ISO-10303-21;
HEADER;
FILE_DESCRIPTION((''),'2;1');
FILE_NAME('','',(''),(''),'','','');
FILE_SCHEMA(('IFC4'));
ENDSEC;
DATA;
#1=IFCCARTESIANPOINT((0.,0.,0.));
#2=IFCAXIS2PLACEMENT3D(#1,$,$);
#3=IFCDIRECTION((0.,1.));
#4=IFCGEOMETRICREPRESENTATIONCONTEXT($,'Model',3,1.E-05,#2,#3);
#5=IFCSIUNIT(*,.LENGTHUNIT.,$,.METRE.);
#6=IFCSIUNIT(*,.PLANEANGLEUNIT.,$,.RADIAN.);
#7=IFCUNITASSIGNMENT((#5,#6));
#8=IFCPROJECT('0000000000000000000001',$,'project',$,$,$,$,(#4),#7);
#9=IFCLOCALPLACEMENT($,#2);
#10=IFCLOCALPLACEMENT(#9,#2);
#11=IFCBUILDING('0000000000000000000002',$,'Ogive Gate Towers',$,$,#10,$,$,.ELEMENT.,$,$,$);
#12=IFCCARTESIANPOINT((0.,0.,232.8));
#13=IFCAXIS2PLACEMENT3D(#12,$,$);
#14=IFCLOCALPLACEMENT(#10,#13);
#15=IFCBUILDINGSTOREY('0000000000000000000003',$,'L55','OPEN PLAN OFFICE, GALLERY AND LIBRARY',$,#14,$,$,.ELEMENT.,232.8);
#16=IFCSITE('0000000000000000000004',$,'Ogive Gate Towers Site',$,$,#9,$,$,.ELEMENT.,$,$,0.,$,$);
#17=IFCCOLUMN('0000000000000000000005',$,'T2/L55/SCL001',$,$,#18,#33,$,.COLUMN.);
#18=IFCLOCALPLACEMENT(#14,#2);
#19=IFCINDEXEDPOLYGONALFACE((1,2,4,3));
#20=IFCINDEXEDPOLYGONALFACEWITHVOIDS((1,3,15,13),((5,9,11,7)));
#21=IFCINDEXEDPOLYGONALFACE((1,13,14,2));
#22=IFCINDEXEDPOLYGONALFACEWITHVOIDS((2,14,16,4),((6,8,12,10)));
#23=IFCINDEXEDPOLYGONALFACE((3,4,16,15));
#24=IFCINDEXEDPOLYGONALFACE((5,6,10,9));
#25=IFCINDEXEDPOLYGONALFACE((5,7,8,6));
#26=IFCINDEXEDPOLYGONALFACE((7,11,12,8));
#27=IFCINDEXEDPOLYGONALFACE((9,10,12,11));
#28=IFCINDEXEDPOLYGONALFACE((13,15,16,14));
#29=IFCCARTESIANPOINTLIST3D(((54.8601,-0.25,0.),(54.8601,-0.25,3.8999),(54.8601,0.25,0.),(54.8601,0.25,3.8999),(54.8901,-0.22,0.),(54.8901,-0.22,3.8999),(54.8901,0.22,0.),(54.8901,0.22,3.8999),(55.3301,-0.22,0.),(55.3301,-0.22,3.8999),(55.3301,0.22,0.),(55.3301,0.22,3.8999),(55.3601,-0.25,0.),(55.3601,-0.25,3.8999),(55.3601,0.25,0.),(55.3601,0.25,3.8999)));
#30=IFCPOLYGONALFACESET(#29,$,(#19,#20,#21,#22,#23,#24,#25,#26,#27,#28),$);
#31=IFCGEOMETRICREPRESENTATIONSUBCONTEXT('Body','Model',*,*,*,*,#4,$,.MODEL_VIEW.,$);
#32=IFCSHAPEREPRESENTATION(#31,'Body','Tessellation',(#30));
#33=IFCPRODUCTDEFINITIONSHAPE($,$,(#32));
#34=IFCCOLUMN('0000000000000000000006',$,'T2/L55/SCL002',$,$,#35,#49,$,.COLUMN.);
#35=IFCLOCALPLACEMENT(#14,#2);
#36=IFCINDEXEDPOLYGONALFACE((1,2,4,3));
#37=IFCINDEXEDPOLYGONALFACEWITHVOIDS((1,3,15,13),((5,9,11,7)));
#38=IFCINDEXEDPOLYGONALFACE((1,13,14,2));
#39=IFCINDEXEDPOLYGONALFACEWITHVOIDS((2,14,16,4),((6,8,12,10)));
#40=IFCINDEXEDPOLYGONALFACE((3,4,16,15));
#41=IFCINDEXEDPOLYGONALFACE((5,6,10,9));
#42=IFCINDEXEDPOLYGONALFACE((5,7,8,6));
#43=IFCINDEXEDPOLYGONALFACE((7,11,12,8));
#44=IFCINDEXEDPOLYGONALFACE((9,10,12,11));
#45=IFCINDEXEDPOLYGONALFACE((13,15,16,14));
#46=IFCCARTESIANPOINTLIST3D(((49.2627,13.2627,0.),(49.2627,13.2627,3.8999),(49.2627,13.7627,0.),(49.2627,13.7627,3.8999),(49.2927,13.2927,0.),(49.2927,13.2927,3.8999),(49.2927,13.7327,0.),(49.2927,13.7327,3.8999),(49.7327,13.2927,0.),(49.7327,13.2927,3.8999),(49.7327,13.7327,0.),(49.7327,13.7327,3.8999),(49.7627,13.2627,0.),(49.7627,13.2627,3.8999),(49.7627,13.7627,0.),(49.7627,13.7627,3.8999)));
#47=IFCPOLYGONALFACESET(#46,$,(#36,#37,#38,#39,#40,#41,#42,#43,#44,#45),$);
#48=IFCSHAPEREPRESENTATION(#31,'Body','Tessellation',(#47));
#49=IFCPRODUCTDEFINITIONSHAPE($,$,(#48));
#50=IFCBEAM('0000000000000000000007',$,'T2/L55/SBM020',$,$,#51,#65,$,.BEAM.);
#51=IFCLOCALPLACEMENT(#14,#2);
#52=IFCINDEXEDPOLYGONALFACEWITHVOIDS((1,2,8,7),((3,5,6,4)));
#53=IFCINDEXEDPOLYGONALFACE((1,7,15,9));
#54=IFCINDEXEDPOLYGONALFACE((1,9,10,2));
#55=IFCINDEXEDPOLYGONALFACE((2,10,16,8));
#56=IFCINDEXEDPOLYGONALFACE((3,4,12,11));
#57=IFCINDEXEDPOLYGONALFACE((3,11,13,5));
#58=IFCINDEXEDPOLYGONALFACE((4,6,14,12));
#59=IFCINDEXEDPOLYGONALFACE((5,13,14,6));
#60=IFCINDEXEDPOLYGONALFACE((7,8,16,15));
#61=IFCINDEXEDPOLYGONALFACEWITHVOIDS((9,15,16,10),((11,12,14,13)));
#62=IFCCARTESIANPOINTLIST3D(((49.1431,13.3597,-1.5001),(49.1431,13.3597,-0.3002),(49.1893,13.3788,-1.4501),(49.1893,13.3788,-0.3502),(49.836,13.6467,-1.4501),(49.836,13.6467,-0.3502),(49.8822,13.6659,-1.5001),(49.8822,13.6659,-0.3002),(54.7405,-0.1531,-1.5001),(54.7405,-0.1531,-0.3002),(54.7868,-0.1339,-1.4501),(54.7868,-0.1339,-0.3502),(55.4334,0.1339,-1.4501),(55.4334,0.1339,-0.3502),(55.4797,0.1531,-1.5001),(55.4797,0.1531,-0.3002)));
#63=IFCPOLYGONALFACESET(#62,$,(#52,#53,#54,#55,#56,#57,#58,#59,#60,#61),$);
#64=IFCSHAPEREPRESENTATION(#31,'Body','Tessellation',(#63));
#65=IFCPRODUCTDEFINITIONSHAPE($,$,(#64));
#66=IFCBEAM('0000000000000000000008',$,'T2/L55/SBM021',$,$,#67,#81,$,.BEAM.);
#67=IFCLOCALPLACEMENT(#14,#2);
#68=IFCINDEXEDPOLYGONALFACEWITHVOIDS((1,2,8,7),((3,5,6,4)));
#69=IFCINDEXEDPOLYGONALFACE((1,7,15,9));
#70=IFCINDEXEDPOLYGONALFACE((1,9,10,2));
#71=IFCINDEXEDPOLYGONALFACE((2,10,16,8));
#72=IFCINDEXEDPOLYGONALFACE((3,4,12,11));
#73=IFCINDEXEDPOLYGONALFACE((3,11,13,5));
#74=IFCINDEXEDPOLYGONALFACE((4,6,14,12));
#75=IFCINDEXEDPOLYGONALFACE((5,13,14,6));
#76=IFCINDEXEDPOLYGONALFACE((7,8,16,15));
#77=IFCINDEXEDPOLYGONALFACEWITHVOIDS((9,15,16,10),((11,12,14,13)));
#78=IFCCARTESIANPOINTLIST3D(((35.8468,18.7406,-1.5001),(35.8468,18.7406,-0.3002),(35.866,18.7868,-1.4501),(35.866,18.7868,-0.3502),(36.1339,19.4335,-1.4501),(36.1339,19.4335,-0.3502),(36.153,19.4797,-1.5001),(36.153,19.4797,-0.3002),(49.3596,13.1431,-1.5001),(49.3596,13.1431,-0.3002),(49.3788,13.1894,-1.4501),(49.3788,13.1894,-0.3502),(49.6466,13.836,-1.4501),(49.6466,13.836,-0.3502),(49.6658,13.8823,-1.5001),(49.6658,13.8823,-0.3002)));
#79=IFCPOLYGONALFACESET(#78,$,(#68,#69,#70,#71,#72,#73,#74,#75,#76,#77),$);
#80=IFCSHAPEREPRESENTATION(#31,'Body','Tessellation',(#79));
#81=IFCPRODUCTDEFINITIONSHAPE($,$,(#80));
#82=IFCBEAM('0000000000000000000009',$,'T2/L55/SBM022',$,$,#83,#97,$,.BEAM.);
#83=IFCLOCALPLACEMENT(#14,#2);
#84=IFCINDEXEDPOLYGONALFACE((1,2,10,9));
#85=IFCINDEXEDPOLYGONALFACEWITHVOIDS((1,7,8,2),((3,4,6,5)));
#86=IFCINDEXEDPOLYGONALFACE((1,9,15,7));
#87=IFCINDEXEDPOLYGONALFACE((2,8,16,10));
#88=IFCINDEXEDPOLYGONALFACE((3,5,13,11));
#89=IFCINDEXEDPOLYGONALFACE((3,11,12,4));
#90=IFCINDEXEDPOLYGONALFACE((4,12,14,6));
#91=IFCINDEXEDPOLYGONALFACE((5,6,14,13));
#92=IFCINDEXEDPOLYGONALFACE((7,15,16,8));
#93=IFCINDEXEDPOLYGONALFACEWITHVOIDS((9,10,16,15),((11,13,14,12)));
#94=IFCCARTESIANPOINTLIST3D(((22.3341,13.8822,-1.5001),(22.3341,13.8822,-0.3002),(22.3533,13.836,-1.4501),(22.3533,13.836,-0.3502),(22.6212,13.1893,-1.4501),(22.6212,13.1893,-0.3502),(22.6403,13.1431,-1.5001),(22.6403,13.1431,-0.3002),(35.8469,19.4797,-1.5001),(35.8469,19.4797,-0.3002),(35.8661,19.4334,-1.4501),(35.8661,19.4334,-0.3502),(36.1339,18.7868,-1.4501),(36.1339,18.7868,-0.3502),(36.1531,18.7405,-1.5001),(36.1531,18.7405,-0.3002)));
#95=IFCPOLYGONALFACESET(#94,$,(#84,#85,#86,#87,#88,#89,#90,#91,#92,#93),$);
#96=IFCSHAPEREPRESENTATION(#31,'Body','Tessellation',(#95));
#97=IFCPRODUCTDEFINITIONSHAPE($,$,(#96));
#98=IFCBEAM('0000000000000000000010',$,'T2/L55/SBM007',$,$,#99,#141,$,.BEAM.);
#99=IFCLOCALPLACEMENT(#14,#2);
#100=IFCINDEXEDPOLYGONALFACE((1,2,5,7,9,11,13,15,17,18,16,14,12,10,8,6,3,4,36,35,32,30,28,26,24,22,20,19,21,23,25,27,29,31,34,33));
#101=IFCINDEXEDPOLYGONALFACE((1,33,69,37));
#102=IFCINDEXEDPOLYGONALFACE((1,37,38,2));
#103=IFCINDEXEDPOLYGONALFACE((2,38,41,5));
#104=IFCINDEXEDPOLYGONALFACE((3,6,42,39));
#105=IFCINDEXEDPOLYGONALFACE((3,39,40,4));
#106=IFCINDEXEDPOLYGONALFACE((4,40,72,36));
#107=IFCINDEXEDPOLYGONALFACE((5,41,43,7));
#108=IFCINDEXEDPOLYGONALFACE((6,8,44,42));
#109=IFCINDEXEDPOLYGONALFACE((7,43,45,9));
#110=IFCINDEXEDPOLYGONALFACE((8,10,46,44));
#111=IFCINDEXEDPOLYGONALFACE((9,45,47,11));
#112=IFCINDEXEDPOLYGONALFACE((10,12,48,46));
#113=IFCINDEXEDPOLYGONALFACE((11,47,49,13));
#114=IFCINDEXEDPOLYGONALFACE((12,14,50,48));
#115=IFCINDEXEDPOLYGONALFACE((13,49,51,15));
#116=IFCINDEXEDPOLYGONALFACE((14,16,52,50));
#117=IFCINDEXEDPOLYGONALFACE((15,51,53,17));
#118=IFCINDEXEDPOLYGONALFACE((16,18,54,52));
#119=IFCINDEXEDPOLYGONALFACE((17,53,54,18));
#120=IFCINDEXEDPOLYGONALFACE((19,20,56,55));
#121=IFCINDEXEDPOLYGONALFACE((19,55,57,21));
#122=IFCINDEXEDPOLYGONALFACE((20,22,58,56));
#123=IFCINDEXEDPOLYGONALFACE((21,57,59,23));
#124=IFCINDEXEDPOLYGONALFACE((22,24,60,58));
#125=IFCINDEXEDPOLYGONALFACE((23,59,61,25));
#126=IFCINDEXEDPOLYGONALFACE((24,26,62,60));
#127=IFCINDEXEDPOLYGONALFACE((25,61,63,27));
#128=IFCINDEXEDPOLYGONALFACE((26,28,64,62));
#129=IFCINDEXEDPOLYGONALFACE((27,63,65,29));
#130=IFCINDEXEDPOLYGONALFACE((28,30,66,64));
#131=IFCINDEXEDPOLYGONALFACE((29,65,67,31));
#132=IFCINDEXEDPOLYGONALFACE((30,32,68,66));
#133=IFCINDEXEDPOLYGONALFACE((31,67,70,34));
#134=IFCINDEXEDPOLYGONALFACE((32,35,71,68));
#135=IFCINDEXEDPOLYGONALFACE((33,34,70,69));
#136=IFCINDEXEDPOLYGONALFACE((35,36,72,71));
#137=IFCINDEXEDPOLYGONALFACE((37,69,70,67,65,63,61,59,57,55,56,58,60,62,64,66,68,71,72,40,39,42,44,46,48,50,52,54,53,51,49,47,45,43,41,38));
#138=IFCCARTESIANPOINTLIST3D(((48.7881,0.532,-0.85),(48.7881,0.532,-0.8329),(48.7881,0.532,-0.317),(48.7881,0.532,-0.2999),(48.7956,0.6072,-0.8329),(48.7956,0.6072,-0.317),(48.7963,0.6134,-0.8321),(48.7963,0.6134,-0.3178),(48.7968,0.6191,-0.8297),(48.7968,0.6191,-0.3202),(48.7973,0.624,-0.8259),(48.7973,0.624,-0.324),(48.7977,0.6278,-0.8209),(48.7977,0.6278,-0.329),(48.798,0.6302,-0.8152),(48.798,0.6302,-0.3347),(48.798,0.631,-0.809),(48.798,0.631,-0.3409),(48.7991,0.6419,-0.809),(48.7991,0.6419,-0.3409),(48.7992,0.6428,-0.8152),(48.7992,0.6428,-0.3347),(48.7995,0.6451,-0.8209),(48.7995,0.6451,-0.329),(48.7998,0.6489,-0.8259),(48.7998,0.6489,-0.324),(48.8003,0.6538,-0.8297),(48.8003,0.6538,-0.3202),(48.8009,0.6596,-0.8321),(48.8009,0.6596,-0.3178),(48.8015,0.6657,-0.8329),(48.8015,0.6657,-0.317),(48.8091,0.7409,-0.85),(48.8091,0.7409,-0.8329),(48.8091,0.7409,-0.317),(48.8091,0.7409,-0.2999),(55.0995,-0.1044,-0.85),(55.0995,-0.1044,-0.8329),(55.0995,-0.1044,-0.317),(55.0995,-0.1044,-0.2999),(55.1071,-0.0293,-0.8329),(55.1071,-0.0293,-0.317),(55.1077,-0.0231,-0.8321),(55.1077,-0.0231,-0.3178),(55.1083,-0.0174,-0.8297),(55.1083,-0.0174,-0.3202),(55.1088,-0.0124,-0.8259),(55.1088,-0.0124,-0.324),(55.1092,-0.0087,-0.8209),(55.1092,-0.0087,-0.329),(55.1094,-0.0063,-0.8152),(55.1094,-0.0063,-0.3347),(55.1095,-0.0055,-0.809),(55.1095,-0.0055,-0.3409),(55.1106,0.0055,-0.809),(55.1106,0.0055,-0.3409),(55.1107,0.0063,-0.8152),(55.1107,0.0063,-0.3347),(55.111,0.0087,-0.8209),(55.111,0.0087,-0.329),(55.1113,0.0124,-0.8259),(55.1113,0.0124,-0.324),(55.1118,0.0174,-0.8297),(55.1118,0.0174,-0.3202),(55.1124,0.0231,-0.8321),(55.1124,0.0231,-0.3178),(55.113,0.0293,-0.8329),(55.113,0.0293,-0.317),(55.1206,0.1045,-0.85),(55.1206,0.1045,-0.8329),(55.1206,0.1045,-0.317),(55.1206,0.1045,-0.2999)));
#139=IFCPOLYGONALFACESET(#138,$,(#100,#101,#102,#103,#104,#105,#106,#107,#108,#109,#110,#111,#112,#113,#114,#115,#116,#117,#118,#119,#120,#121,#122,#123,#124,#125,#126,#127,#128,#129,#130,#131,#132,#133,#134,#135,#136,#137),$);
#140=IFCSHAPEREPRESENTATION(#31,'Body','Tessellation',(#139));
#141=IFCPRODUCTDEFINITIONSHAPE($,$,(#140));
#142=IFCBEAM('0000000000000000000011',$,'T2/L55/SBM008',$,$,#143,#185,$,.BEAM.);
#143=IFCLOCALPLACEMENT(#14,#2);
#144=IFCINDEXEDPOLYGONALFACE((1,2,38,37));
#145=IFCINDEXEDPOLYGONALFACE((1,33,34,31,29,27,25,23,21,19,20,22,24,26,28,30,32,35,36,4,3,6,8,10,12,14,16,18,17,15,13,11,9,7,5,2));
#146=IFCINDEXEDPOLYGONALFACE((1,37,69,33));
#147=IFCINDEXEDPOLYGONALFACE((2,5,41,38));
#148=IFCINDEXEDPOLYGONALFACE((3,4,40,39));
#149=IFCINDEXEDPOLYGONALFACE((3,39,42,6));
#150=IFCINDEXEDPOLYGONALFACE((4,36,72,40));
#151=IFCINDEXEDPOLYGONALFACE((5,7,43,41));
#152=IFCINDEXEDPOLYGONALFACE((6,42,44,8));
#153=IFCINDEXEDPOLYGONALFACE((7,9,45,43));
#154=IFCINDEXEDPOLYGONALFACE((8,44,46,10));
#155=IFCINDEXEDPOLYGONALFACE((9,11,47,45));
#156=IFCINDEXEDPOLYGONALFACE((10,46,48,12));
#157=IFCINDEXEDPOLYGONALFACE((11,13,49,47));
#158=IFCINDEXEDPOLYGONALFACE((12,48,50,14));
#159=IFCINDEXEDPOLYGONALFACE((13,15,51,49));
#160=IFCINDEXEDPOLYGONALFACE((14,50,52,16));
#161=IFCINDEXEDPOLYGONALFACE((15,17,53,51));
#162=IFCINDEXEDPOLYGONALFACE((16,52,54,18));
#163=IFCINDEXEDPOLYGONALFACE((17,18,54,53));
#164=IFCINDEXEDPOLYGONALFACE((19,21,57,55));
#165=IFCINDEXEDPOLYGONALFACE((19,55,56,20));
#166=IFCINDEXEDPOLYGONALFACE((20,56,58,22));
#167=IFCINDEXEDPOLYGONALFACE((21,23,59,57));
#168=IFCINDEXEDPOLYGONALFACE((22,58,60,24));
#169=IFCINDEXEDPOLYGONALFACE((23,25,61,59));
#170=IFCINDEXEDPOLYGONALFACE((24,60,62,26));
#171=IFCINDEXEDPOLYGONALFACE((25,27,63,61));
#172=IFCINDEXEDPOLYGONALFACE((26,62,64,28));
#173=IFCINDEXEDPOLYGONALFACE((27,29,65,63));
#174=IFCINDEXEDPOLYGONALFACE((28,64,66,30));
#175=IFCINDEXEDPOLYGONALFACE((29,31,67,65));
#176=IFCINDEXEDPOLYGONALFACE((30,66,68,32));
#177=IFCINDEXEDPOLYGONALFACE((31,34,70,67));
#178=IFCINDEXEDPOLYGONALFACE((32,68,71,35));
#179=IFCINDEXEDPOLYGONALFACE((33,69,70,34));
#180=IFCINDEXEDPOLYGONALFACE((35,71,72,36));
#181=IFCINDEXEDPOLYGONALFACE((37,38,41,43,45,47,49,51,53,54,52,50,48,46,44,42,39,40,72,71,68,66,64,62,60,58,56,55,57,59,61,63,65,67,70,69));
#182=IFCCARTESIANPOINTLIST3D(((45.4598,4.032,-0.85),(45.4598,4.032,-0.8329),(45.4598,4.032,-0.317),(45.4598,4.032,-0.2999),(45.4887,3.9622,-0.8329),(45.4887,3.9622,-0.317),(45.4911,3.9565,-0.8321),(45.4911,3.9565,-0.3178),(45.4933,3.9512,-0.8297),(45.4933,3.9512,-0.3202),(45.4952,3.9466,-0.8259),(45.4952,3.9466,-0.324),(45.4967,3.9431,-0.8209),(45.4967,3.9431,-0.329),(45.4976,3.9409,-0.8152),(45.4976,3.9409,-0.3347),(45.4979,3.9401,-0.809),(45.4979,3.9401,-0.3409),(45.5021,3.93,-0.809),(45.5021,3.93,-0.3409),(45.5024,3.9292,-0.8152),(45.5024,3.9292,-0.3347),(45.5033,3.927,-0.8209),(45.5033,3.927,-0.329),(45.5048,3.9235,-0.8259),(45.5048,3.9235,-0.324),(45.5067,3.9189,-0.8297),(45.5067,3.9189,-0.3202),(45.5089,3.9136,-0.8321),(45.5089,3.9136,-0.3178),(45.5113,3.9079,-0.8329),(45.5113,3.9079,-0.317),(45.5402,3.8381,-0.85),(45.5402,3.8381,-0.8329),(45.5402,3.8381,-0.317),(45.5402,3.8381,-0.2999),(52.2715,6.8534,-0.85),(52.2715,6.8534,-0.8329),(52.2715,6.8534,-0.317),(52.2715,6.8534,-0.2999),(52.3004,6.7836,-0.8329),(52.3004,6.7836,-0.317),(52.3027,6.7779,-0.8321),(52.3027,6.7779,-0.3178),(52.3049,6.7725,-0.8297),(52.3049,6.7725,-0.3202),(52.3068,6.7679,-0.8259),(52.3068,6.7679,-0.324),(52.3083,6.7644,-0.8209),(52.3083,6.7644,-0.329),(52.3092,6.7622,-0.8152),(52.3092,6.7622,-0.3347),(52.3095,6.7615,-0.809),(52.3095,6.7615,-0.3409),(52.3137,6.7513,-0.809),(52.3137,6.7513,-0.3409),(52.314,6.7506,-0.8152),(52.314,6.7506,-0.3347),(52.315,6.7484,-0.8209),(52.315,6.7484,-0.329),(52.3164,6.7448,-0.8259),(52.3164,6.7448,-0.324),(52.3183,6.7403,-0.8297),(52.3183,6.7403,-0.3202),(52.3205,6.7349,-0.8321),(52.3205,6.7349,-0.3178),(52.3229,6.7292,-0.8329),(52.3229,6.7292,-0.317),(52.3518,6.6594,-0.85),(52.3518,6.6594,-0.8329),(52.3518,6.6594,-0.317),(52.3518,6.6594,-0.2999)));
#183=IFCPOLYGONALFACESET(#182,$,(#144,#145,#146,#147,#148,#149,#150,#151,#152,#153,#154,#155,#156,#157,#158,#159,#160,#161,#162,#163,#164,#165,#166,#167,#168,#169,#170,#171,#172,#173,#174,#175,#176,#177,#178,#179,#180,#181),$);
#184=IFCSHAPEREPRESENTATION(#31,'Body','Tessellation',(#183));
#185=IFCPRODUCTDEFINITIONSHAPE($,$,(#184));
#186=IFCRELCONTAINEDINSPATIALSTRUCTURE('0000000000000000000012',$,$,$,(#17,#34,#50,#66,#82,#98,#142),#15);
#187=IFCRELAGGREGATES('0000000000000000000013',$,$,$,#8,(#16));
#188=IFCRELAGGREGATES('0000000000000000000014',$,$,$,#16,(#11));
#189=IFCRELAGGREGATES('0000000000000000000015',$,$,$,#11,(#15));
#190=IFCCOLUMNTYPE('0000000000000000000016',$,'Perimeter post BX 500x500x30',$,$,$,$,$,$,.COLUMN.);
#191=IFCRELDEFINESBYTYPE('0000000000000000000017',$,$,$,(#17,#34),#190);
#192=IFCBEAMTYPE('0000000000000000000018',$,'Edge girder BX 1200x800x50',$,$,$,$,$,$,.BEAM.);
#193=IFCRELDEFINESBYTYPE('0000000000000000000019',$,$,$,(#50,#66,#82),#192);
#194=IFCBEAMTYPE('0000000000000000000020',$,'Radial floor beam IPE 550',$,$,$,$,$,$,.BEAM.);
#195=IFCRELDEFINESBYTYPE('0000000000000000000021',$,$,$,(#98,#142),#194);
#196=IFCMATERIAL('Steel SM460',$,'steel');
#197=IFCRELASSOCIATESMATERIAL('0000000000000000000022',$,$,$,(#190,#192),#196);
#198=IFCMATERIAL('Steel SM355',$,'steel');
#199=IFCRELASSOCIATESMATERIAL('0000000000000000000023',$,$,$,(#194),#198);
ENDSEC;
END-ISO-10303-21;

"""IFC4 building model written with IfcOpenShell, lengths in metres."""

from ifc_helpers import new_model, si_unit, direction, frame, origin, origin_2d, place, context, subcontext, project, spatial, hollow_rectangle, i_section, extrude, material, material_profile, profile_set, type_object, element, save


model = new_model("IFC4")

# Units and contexts
model_context = context("Model", 3, precision=1e-05, world=origin(), true_north=direction((0.0, 1.0)))
body_context = subcontext(model_context, "Body", "Model", "MODEL_VIEW")
ifc_project = project(units=[si_unit("LENGTHUNIT", "METRE"), si_unit("PLANEANGLEUNIT", "RADIAN")], contexts=[model_context])

# Site, building, storey
site_placement = place(None, origin())
site = spatial("IfcSite", under=ifc_project, at=site_placement, Name="Ogive Gate Towers Site", CompositionType="ELEMENT", RefElevation=0.0)
building_placement = place(site_placement, origin())
building = spatial("IfcBuilding", under=site, at=building_placement, Name="Ogive Gate Towers", CompositionType="ELEMENT")
storey_placement = place(building_placement, frame((0.0, 0.0, 232.8)))
storey = spatial("IfcBuildingStorey", under=building, at=storey_placement, Name="L55", Description="OPEN PLAN OFFICE, GALLERY AND LIBRARY", CompositionType="ELEMENT", Elevation=232.8)

# Columns
ifc_material_1 = material(Name="Steel SM460", Category="steel")
ifc_material_profile_1 = material_profile(ifc_material_1, hollow_rectangle(XDim=0.5, YDim=0.5, WallThickness=0.03, at=origin_2d()), Name="BX 500x500x30")
ifc_profile_set_1 = profile_set([ifc_material_profile_1], Name="Steel SM460")
column_type = type_object("IfcColumnType", Name="Perimeter post BX 500x500x30", PredefinedType="COLUMN", material=ifc_profile_set_1)
for number, where, z_axis, x_axis, name in (
    (1, (55.1101, 0.0, 0.0), (0.0, 0.0, 1.0), (1.0, 0.0, 0.0), "T2/L55/SCL001"),
    (2, (49.5127, 13.5127, 0.0), (0.0, 0.0, 1.0), (1.0, 0.0, 0.0), "T2/L55/SCL002"),
):
    element("IfcColumn", number, at=place(storey_placement, frame(where, z_axis=z_axis, x_axis=x_axis)), inside=storey, type_object=column_type, Name=name, PredefinedType="COLUMN", context=body_context, shape_type="SweptSolid", body=[
        extrude(hollow_rectangle(XDim=0.5, YDim=0.5, WallThickness=0.03, at=origin_2d()), origin(), (0.0, 0.0, 1.0), 3.8999),
    ])

# Beams
ifc_material_profile_2 = material_profile(ifc_material_1, hollow_rectangle(XDim=0.8, YDim=1.2, WallThickness=0.05, at=origin_2d()), Name="BX 1200x800x50")
ifc_profile_set_2 = profile_set([ifc_material_profile_2], Name="Steel SM460")
beam_type_1 = type_object("IfcBeamType", Name="Edge girder BX 1200x800x50", PredefinedType="BEAM", material=ifc_profile_set_2)
for number, where, z_axis, x_axis, name in (
    (3, (55.1101, 0.0, -0.9001), (-0.382699, 0.923873, 0.0), (-0.923873, -0.382699, 0.0), "T2/L55/SBM020"),
    (4, (49.5127, 13.5127, -0.9001), (-0.923873, 0.382699, 0.0), (-0.382699, -0.923873, 0.0), "T2/L55/SBM021"),
    (5, (36.0, 19.1101, -0.9001), (-0.923873, -0.382699, 0.0), (0.382699, -0.923873, 0.0), "T2/L55/SBM022"),
):
    element("IfcBeam", number, at=place(storey_placement, frame(where, z_axis=z_axis, x_axis=x_axis)), inside=storey, type_object=beam_type_1, Name=name, PredefinedType="BEAM", context=body_context, shape_type="SweptSolid", body=[
        extrude(hollow_rectangle(XDim=0.8, YDim=1.2, WallThickness=0.05, at=origin_2d()), origin(), (0.0, 0.0, 1.0), 14.6262),
    ])
ifc_material_2 = material(Name="Steel SM355", Category="steel")
ifc_material_profile_3 = material_profile(ifc_material_2, i_section(OverallWidth=0.21, OverallDepth=0.55, WebThickness=0.011, FlangeThickness=0.0171, FilletRadius=0.0239, at=origin_2d()), Name="IPE 550")
ifc_profile_set_3 = profile_set([ifc_material_profile_3], Name="Steel SM355")
beam_type_2 = type_object("IfcBeamType", Name="Radial floor beam IPE 550", PredefinedType="BEAM", material=ifc_profile_set_3)
beam_1_placement = place(storey_placement, frame((48.7986, 0.6365, -0.575), z_axis=(0.994954, -0.100334, 0.0), x_axis=(0.100334, 0.994954, 0.0)))
element("IfcBeam", 6, at=beam_1_placement, inside=storey, type_object=beam_type_2, Name="T2/L55/SBM007", PredefinedType="BEAM", context=body_context, shape_type="SweptSolid", body=[
    extrude(i_section(OverallWidth=0.21, OverallDepth=0.55, WebThickness=0.011, FlangeThickness=0.0171, FilletRadius=0.0239, at=origin_2d()), origin(), (0.0, 0.0, 1.0), 6.3435),
])
beam_2_placement = place(storey_placement, frame((45.5, 3.9351, -0.575), z_axis=(0.923886, 0.382668, 0.0), x_axis=(-0.382668, 0.923886, 0.0)))
element("IfcBeam", 7, at=beam_2_placement, inside=storey, type_object=beam_type_2, Name="T2/L55/SBM008", PredefinedType="BEAM", context=body_context, shape_type="SweptSolid", body=[
    extrude(i_section(OverallWidth=0.21, OverallDepth=0.55, WebThickness=0.011, FlangeThickness=0.0171, FilletRadius=0.0239, at=origin_2d()), origin(), (0.0, 0.0, 1.0), 7.3728),
])

save(model, "model.ifc")
